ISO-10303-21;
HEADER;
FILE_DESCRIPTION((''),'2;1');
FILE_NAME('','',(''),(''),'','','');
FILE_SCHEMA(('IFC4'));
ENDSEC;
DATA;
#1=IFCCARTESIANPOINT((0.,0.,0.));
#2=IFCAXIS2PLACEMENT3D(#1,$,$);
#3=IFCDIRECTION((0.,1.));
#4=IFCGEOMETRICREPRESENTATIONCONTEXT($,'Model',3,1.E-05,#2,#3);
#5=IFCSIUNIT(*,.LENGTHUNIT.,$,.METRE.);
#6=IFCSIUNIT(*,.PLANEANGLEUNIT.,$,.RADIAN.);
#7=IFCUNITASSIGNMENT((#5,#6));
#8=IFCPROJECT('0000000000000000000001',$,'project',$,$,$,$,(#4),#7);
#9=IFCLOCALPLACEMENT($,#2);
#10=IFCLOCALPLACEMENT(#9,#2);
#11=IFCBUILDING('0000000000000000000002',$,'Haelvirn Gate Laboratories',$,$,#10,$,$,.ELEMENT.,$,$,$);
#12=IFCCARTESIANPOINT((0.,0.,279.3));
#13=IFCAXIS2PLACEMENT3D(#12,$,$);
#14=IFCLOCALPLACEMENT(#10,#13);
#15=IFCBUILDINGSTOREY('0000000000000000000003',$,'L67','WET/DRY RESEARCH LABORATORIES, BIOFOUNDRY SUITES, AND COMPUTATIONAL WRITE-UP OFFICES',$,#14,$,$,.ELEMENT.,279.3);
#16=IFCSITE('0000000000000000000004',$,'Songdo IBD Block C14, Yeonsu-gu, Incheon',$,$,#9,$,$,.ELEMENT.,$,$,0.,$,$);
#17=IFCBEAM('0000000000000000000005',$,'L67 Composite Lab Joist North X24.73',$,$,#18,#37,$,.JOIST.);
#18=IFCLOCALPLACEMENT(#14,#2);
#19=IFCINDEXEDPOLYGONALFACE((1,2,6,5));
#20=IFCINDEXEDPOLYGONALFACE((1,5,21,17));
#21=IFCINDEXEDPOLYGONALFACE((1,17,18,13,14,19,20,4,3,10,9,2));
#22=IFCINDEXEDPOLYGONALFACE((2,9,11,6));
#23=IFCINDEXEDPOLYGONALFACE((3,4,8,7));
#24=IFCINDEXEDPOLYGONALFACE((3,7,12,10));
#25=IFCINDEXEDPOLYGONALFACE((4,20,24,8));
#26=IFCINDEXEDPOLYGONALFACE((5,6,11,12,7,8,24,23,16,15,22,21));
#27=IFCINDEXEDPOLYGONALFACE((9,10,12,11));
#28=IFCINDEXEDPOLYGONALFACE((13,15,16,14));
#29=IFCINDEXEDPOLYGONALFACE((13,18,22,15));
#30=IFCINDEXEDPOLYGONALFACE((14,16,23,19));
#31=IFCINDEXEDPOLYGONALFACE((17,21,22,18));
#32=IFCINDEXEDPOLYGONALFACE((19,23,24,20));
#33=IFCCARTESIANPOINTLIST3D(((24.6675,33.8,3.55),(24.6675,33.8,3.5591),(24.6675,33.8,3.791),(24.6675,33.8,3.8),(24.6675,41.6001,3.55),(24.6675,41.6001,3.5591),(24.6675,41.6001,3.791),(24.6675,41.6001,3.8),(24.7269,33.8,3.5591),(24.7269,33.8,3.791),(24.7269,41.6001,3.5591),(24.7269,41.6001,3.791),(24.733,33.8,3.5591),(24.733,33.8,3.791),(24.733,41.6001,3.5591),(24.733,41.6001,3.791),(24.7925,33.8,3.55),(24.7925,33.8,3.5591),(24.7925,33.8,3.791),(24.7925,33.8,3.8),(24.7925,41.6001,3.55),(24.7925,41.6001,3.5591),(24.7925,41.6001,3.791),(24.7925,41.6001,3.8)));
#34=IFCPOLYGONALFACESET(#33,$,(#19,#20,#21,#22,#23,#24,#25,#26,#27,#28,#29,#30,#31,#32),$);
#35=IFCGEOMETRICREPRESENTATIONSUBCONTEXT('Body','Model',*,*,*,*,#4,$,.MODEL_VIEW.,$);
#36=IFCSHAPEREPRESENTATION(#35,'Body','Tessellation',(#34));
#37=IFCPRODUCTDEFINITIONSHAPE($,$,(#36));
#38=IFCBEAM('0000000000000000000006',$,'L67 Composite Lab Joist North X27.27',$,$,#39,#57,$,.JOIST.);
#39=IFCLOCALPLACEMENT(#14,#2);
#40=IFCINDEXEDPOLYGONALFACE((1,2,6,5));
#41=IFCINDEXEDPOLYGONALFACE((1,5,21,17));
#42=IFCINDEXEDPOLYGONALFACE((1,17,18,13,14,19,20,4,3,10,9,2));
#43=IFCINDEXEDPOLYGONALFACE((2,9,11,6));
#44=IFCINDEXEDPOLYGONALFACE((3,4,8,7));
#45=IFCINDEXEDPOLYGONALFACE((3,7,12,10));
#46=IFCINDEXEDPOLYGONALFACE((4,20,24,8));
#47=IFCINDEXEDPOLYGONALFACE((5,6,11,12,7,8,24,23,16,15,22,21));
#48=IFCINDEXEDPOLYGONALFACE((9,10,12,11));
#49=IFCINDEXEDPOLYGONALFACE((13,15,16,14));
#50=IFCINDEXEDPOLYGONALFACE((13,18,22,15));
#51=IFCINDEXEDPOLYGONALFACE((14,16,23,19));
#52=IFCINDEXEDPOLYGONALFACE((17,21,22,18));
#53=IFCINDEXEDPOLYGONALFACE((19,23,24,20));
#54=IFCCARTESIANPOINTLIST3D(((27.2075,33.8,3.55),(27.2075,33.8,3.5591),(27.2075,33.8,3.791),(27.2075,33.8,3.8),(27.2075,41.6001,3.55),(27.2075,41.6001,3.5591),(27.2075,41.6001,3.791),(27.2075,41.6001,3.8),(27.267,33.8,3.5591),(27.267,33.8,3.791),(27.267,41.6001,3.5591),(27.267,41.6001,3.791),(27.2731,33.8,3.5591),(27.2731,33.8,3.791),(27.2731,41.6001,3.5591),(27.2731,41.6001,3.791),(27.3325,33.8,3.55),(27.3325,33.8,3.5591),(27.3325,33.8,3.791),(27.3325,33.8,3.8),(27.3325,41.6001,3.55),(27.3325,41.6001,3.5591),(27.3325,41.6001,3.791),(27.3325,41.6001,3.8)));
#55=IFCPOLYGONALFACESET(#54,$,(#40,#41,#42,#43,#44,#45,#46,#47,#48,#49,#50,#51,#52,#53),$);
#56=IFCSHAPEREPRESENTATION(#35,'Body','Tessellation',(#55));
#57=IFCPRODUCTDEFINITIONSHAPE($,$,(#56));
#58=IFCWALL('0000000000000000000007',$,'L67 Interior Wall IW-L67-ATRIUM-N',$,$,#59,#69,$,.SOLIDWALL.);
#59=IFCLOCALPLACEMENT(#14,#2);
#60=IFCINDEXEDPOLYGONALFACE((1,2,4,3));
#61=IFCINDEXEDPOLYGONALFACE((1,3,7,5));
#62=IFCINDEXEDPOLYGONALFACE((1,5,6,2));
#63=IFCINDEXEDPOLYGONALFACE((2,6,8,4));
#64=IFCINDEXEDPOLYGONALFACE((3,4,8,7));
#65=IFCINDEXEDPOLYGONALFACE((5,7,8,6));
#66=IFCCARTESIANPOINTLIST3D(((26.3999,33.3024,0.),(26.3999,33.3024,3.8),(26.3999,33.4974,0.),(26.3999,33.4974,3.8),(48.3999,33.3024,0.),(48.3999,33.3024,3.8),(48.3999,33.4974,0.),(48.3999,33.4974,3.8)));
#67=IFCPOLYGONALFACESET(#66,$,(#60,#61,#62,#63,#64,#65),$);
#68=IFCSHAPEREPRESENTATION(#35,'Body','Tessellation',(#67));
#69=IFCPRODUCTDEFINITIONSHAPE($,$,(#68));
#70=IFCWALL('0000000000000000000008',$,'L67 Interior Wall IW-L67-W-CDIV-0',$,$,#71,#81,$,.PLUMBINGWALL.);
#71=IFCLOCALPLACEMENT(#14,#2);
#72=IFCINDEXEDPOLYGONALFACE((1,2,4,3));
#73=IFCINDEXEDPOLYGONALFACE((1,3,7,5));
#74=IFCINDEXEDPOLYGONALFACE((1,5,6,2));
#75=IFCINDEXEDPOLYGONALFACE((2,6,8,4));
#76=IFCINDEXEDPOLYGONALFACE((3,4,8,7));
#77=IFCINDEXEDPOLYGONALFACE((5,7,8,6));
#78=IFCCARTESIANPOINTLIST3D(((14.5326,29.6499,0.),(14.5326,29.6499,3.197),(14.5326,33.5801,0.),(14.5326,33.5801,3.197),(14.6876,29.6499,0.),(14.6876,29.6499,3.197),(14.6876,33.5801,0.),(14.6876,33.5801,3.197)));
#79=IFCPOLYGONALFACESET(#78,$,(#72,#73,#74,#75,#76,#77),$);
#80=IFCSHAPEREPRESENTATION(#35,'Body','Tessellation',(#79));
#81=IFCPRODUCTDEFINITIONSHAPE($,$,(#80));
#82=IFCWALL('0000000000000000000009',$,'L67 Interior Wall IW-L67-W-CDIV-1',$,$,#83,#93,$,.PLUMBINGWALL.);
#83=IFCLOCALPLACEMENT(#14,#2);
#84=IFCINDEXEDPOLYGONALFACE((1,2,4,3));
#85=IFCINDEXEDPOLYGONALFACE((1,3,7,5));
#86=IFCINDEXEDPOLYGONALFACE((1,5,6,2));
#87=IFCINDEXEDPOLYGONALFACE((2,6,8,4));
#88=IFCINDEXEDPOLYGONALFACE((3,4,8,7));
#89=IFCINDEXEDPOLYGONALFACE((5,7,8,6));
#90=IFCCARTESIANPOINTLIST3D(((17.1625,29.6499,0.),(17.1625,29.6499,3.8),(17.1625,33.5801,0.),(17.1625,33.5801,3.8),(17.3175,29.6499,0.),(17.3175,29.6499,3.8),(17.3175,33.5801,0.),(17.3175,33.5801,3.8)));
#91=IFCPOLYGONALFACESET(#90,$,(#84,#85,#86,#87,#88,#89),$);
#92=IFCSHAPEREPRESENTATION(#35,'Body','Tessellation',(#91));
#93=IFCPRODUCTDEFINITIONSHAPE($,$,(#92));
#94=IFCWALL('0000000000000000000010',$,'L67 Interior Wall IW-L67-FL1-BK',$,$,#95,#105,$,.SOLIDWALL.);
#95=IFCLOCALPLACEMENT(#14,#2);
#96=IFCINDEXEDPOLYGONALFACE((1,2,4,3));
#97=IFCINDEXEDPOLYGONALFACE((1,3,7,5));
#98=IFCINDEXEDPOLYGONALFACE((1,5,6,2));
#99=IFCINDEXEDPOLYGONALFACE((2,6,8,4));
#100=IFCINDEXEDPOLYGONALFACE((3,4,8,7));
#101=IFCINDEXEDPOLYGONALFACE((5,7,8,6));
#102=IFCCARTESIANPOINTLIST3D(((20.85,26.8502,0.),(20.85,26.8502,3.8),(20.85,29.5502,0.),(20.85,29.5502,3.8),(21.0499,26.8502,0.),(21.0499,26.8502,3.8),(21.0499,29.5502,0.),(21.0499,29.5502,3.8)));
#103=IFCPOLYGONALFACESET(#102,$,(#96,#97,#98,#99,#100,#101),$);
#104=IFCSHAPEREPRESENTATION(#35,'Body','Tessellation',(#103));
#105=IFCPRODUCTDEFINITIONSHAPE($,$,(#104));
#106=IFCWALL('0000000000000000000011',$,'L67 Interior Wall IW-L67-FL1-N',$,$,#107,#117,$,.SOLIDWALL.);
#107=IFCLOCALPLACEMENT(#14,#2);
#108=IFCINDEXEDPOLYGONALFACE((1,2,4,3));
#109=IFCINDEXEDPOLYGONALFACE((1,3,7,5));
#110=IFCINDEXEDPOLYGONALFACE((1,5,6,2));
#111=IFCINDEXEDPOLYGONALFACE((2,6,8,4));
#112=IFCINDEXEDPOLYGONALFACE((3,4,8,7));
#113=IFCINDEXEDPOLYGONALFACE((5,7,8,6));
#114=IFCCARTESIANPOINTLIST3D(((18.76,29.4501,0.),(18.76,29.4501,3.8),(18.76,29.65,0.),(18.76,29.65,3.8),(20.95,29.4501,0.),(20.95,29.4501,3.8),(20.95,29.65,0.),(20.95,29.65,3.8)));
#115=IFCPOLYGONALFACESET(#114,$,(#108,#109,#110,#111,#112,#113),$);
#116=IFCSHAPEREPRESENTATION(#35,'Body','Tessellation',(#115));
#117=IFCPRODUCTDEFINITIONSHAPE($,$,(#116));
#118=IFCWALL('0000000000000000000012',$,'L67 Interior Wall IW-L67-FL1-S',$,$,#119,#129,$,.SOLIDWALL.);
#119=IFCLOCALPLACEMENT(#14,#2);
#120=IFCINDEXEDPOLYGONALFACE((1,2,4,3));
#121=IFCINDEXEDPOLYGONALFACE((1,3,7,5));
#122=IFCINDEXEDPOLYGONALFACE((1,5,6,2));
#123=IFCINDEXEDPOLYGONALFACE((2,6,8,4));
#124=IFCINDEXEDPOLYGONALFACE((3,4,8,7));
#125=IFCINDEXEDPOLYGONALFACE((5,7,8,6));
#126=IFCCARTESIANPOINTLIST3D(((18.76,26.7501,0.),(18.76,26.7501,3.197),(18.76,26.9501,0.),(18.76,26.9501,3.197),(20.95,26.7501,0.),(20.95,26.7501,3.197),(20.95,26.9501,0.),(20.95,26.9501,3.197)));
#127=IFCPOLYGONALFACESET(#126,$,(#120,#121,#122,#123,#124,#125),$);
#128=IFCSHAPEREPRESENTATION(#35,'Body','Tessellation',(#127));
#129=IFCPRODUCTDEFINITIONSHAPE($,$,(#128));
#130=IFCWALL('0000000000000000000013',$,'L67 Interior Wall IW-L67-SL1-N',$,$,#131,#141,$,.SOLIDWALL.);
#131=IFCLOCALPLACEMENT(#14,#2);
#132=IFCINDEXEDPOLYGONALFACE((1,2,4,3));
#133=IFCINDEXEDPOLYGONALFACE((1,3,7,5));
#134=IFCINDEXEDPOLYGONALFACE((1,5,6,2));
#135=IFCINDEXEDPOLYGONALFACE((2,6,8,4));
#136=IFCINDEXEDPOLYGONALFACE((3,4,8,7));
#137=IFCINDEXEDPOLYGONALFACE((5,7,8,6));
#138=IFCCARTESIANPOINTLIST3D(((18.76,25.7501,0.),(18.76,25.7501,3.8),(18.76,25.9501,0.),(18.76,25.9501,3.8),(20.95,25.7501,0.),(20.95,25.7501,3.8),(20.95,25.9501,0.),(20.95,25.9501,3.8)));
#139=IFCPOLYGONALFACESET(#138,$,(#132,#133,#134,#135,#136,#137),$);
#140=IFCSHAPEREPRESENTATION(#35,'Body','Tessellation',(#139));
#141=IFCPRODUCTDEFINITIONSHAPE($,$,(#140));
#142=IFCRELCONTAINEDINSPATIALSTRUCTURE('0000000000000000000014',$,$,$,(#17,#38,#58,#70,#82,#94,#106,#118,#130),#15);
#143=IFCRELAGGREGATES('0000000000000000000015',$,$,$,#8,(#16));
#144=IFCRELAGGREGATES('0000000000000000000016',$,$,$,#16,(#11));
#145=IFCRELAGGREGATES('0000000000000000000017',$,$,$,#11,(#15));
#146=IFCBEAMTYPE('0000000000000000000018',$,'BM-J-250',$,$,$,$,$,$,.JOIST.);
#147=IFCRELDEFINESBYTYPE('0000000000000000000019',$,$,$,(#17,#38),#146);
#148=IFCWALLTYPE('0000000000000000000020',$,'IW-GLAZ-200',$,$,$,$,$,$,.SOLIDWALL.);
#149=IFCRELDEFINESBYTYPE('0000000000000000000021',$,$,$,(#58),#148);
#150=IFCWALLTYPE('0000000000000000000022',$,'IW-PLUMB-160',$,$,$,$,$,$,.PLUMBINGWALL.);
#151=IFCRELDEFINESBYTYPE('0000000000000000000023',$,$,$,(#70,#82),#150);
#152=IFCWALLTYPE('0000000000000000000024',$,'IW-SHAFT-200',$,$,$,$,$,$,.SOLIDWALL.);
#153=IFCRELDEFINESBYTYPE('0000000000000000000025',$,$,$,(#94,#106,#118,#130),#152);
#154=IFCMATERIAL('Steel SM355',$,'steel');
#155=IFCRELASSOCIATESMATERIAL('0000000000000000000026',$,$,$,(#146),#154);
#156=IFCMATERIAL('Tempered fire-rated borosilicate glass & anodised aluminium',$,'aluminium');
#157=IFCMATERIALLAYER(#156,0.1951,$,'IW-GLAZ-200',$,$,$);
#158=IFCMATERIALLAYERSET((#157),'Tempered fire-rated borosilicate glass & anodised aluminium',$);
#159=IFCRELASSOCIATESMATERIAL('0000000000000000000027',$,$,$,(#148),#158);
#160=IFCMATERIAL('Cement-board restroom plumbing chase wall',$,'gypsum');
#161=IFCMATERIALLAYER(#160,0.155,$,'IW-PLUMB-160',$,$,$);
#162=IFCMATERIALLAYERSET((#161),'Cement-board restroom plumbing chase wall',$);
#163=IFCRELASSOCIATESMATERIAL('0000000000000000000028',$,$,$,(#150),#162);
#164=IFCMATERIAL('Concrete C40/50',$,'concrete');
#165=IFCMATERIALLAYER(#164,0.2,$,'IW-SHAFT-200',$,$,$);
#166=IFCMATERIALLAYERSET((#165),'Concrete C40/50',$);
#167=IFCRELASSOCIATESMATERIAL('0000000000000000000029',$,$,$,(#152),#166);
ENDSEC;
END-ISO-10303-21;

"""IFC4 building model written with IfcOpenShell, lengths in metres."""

from ifc_helpers import new_model, si_unit, direction, frame, frame_2d, origin, origin_2d, place, context, subcontext, project, spatial, rectangle, i_section, extrude, source, transform, mapped, material, layer, layer_set, material_profile, profile_set, type_object, type_shapes, element, save


model = new_model("IFC4")

# Units and contexts
model_context = context("Model", 3, precision=1e-05, world=origin(), true_north=direction((0.0, 1.0)))
body_context = subcontext(model_context, "Body", "Model", "MODEL_VIEW")
ifc_project = project(units=[si_unit("LENGTHUNIT", "METRE"), si_unit("PLANEANGLEUNIT", "RADIAN")], contexts=[model_context])

# Site, building, storey
site_placement = place(None, origin())
site = spatial("IfcSite", under=ifc_project, at=site_placement, Name="Songdo IBD Block C14, Yeonsu-gu, Incheon", CompositionType="ELEMENT", RefElevation=0.0)
building_placement = place(site_placement, origin())
building = spatial("IfcBuilding", under=site, at=building_placement, Name="Haelvirn Gate Laboratories", CompositionType="ELEMENT")
storey_placement = place(building_placement, frame((0.0, 0.0, 279.3)))
storey = spatial("IfcBuildingStorey", under=building, at=storey_placement, Name="L67", Description="WET/DRY RESEARCH LABORATORIES, BIOFOUNDRY SUITES, AND COMPUTATIONAL WRITE-UP OFFICES", CompositionType="ELEMENT", Elevation=279.3)

# Shared definitions
ifc_material_1 = material(Name="Steel SM355", Category="steel")

# Beams
ifc_material_profile_1 = material_profile(ifc_material_1, i_section(OverallWidth=0.125, OverallDepth=0.25, WebThickness=0.0061, FlangeThickness=0.009, at=origin_2d()), Name="H-250x125x6x9")
ifc_profile_set_1 = profile_set([ifc_material_profile_1], Name="Steel SM355")
beam_type_1 = type_object("IfcBeamType", Name="BM-J-250", PredefinedType="JOIST", material=ifc_profile_set_1)
shared_shape_1 = source(origin(), body_context, "Body", "SweptSolid", [
    extrude(i_section(OverallWidth=0.125, OverallDepth=0.25, WebThickness=0.0061, FlangeThickness=0.009, at=origin_2d()), origin(), (0.0, 0.0, 1.0), 7.8),
])
type_shapes(beam_type_1, [shared_shape_1])
for number, where, z_axis, x_axis, name in (
    (1, (24.73, 33.8, 3.675), (0.0, 1.0, 0.0), (-1.0, 0.0, 0.0), "L67 Composite Lab Joist North X24.73"),
    (2, (27.27, 33.8, 3.675), (0.0, 1.0, 0.0), (-1.0, 0.0, 0.0), "L67 Composite Lab Joist North X27.27"),
):
    element("IfcBeam", number, at=place(storey_placement, frame(where, z_axis=z_axis, x_axis=x_axis)), inside=storey, type_object=beam_type_1, Name=name, PredefinedType="JOIST", context=body_context, shape_type="MappedRepresentation", body=[
        mapped(shared_shape_1, transform((0.0, 0.0, 0.0), scale=1.0)),
    ])

# Walls
ifc_material_2 = material(Name="Tempered fire-rated borosilicate glass & anodised aluminium", Category="aluminium")
ifc_layer_1 = layer(ifc_material_2, 0.1951, Name="IW-GLAZ-200")
ifc_layer_set_1 = layer_set([ifc_layer_1], Name="Tempered fire-rated borosilicate glass & anodised aluminium")
wall_type_1 = type_object("IfcWallType", Name="IW-GLAZ-200", PredefinedType="SOLIDWALL", material=ifc_layer_set_1)
wall_1_placement = place(storey_placement, frame((26.3999, 33.3999, 0.0), z_axis=(0.0, 0.0, 1.0), x_axis=(1.0, 0.0, 0.0)))
element("IfcWall", 3, at=wall_1_placement, inside=storey, type_object=wall_type_1, Name="L67 Interior Wall IW-L67-ATRIUM-N", PredefinedType="SOLIDWALL", context=body_context, shape_type="SweptSolid", body=[
    extrude(rectangle(XDim=22.0, YDim=0.1951, at=frame_2d((11.0, 0.0))), origin(), (0.0, 0.0, 1.0), 3.8),
])
ifc_material_3 = material(Name="Cement-board restroom plumbing chase wall", Category="gypsum")
ifc_layer_2 = layer(ifc_material_3, 0.155, Name="IW-PLUMB-160")
ifc_layer_set_2 = layer_set([ifc_layer_2], Name="Cement-board restroom plumbing chase wall")
wall_type_2 = type_object("IfcWallType", Name="IW-PLUMB-160", PredefinedType="PLUMBINGWALL", material=ifc_layer_set_2)
wall_2_placement = place(storey_placement, frame((14.6101, 29.6499, 0.0), z_axis=(0.0, 0.0, 1.0), x_axis=(0.0, 1.0, 0.0)))
element("IfcWall", 4, at=wall_2_placement, inside=storey, type_object=wall_type_2, Name="L67 Interior Wall IW-L67-W-CDIV-0", PredefinedType="PLUMBINGWALL", context=body_context, shape_type="SweptSolid", body=[
    extrude(rectangle(XDim=3.9302, YDim=0.155, at=frame_2d((1.9651, 0.0))), origin(), (0.0, 0.0, 1.0), 3.197),
])
wall_3_placement = place(storey_placement, frame((17.24, 29.6499, 0.0), z_axis=(0.0, 0.0, 1.0), x_axis=(0.0, 1.0, 0.0)))
element("IfcWall", 5, at=wall_3_placement, inside=storey, type_object=wall_type_2, Name="L67 Interior Wall IW-L67-W-CDIV-1", PredefinedType="PLUMBINGWALL", context=body_context, shape_type="SweptSolid", body=[
    extrude(rectangle(XDim=3.9302, YDim=0.155, at=frame_2d((1.9651, 0.0))), origin(), (0.0, 0.0, 1.0), 3.8),
])
ifc_material_4 = material(Name="Concrete C40/50", Category="concrete")
ifc_layer_3 = layer(ifc_material_4, 0.2, Name="IW-SHAFT-200")
ifc_layer_set_3 = layer_set([ifc_layer_3], Name="Concrete C40/50")
wall_type_3 = type_object("IfcWallType", Name="IW-SHAFT-200", PredefinedType="SOLIDWALL", material=ifc_layer_set_3)
wall_4_placement = place(storey_placement, frame((20.95, 26.8501, 0.0), z_axis=(0.0, 0.0, 1.0), x_axis=(0.0, 1.0, 0.0)))
element("IfcWall", 6, at=wall_4_placement, inside=storey, type_object=wall_type_3, Name="L67 Interior Wall IW-L67-FL1-BK", PredefinedType="SOLIDWALL", context=body_context, shape_type="SweptSolid", body=[
    extrude(rectangle(XDim=2.7, YDim=0.2, at=frame_2d((1.3501, 0.0))), origin(), (0.0, 0.0, 1.0), 3.8),
])
wall_5_placement = place(storey_placement, frame((18.76, 29.55, 0.0), z_axis=(0.0, 0.0, 1.0), x_axis=(1.0, 0.0, 0.0)))
element("IfcWall", 7, at=wall_5_placement, inside=storey, type_object=wall_type_3, Name="L67 Interior Wall IW-L67-FL1-N", PredefinedType="SOLIDWALL", context=body_context, shape_type="SweptSolid", body=[
    extrude(rectangle(XDim=2.1899, YDim=0.2, at=frame_2d((1.095, 0.0))), origin(), (0.0, 0.0, 1.0), 3.8),
])
wall_6_placement = place(storey_placement, frame((18.76, 26.8501, 0.0), z_axis=(0.0, 0.0, 1.0), x_axis=(1.0, 0.0, 0.0)))
element("IfcWall", 8, at=wall_6_placement, inside=storey, type_object=wall_type_3, Name="L67 Interior Wall IW-L67-FL1-S", PredefinedType="SOLIDWALL", context=body_context, shape_type="SweptSolid", body=[
    extrude(rectangle(XDim=2.1899, YDim=0.2, at=frame_2d((1.095, 0.0))), origin(), (0.0, 0.0, 1.0), 3.197),
])
wall_7_placement = place(storey_placement, frame((18.76, 25.8501, 0.0), z_axis=(0.0, 0.0, 1.0), x_axis=(1.0, 0.0, 0.0)))
element("IfcWall", 9, at=wall_7_placement, inside=storey, type_object=wall_type_3, Name="L67 Interior Wall IW-L67-SL1-N", PredefinedType="SOLIDWALL", context=body_context, shape_type="SweptSolid", body=[
    extrude(rectangle(XDim=2.1899, YDim=0.2, at=frame_2d((1.095, 0.0))), origin(), (0.0, 0.0, 1.0), 3.8),
])

save(model, "model.ifc")
